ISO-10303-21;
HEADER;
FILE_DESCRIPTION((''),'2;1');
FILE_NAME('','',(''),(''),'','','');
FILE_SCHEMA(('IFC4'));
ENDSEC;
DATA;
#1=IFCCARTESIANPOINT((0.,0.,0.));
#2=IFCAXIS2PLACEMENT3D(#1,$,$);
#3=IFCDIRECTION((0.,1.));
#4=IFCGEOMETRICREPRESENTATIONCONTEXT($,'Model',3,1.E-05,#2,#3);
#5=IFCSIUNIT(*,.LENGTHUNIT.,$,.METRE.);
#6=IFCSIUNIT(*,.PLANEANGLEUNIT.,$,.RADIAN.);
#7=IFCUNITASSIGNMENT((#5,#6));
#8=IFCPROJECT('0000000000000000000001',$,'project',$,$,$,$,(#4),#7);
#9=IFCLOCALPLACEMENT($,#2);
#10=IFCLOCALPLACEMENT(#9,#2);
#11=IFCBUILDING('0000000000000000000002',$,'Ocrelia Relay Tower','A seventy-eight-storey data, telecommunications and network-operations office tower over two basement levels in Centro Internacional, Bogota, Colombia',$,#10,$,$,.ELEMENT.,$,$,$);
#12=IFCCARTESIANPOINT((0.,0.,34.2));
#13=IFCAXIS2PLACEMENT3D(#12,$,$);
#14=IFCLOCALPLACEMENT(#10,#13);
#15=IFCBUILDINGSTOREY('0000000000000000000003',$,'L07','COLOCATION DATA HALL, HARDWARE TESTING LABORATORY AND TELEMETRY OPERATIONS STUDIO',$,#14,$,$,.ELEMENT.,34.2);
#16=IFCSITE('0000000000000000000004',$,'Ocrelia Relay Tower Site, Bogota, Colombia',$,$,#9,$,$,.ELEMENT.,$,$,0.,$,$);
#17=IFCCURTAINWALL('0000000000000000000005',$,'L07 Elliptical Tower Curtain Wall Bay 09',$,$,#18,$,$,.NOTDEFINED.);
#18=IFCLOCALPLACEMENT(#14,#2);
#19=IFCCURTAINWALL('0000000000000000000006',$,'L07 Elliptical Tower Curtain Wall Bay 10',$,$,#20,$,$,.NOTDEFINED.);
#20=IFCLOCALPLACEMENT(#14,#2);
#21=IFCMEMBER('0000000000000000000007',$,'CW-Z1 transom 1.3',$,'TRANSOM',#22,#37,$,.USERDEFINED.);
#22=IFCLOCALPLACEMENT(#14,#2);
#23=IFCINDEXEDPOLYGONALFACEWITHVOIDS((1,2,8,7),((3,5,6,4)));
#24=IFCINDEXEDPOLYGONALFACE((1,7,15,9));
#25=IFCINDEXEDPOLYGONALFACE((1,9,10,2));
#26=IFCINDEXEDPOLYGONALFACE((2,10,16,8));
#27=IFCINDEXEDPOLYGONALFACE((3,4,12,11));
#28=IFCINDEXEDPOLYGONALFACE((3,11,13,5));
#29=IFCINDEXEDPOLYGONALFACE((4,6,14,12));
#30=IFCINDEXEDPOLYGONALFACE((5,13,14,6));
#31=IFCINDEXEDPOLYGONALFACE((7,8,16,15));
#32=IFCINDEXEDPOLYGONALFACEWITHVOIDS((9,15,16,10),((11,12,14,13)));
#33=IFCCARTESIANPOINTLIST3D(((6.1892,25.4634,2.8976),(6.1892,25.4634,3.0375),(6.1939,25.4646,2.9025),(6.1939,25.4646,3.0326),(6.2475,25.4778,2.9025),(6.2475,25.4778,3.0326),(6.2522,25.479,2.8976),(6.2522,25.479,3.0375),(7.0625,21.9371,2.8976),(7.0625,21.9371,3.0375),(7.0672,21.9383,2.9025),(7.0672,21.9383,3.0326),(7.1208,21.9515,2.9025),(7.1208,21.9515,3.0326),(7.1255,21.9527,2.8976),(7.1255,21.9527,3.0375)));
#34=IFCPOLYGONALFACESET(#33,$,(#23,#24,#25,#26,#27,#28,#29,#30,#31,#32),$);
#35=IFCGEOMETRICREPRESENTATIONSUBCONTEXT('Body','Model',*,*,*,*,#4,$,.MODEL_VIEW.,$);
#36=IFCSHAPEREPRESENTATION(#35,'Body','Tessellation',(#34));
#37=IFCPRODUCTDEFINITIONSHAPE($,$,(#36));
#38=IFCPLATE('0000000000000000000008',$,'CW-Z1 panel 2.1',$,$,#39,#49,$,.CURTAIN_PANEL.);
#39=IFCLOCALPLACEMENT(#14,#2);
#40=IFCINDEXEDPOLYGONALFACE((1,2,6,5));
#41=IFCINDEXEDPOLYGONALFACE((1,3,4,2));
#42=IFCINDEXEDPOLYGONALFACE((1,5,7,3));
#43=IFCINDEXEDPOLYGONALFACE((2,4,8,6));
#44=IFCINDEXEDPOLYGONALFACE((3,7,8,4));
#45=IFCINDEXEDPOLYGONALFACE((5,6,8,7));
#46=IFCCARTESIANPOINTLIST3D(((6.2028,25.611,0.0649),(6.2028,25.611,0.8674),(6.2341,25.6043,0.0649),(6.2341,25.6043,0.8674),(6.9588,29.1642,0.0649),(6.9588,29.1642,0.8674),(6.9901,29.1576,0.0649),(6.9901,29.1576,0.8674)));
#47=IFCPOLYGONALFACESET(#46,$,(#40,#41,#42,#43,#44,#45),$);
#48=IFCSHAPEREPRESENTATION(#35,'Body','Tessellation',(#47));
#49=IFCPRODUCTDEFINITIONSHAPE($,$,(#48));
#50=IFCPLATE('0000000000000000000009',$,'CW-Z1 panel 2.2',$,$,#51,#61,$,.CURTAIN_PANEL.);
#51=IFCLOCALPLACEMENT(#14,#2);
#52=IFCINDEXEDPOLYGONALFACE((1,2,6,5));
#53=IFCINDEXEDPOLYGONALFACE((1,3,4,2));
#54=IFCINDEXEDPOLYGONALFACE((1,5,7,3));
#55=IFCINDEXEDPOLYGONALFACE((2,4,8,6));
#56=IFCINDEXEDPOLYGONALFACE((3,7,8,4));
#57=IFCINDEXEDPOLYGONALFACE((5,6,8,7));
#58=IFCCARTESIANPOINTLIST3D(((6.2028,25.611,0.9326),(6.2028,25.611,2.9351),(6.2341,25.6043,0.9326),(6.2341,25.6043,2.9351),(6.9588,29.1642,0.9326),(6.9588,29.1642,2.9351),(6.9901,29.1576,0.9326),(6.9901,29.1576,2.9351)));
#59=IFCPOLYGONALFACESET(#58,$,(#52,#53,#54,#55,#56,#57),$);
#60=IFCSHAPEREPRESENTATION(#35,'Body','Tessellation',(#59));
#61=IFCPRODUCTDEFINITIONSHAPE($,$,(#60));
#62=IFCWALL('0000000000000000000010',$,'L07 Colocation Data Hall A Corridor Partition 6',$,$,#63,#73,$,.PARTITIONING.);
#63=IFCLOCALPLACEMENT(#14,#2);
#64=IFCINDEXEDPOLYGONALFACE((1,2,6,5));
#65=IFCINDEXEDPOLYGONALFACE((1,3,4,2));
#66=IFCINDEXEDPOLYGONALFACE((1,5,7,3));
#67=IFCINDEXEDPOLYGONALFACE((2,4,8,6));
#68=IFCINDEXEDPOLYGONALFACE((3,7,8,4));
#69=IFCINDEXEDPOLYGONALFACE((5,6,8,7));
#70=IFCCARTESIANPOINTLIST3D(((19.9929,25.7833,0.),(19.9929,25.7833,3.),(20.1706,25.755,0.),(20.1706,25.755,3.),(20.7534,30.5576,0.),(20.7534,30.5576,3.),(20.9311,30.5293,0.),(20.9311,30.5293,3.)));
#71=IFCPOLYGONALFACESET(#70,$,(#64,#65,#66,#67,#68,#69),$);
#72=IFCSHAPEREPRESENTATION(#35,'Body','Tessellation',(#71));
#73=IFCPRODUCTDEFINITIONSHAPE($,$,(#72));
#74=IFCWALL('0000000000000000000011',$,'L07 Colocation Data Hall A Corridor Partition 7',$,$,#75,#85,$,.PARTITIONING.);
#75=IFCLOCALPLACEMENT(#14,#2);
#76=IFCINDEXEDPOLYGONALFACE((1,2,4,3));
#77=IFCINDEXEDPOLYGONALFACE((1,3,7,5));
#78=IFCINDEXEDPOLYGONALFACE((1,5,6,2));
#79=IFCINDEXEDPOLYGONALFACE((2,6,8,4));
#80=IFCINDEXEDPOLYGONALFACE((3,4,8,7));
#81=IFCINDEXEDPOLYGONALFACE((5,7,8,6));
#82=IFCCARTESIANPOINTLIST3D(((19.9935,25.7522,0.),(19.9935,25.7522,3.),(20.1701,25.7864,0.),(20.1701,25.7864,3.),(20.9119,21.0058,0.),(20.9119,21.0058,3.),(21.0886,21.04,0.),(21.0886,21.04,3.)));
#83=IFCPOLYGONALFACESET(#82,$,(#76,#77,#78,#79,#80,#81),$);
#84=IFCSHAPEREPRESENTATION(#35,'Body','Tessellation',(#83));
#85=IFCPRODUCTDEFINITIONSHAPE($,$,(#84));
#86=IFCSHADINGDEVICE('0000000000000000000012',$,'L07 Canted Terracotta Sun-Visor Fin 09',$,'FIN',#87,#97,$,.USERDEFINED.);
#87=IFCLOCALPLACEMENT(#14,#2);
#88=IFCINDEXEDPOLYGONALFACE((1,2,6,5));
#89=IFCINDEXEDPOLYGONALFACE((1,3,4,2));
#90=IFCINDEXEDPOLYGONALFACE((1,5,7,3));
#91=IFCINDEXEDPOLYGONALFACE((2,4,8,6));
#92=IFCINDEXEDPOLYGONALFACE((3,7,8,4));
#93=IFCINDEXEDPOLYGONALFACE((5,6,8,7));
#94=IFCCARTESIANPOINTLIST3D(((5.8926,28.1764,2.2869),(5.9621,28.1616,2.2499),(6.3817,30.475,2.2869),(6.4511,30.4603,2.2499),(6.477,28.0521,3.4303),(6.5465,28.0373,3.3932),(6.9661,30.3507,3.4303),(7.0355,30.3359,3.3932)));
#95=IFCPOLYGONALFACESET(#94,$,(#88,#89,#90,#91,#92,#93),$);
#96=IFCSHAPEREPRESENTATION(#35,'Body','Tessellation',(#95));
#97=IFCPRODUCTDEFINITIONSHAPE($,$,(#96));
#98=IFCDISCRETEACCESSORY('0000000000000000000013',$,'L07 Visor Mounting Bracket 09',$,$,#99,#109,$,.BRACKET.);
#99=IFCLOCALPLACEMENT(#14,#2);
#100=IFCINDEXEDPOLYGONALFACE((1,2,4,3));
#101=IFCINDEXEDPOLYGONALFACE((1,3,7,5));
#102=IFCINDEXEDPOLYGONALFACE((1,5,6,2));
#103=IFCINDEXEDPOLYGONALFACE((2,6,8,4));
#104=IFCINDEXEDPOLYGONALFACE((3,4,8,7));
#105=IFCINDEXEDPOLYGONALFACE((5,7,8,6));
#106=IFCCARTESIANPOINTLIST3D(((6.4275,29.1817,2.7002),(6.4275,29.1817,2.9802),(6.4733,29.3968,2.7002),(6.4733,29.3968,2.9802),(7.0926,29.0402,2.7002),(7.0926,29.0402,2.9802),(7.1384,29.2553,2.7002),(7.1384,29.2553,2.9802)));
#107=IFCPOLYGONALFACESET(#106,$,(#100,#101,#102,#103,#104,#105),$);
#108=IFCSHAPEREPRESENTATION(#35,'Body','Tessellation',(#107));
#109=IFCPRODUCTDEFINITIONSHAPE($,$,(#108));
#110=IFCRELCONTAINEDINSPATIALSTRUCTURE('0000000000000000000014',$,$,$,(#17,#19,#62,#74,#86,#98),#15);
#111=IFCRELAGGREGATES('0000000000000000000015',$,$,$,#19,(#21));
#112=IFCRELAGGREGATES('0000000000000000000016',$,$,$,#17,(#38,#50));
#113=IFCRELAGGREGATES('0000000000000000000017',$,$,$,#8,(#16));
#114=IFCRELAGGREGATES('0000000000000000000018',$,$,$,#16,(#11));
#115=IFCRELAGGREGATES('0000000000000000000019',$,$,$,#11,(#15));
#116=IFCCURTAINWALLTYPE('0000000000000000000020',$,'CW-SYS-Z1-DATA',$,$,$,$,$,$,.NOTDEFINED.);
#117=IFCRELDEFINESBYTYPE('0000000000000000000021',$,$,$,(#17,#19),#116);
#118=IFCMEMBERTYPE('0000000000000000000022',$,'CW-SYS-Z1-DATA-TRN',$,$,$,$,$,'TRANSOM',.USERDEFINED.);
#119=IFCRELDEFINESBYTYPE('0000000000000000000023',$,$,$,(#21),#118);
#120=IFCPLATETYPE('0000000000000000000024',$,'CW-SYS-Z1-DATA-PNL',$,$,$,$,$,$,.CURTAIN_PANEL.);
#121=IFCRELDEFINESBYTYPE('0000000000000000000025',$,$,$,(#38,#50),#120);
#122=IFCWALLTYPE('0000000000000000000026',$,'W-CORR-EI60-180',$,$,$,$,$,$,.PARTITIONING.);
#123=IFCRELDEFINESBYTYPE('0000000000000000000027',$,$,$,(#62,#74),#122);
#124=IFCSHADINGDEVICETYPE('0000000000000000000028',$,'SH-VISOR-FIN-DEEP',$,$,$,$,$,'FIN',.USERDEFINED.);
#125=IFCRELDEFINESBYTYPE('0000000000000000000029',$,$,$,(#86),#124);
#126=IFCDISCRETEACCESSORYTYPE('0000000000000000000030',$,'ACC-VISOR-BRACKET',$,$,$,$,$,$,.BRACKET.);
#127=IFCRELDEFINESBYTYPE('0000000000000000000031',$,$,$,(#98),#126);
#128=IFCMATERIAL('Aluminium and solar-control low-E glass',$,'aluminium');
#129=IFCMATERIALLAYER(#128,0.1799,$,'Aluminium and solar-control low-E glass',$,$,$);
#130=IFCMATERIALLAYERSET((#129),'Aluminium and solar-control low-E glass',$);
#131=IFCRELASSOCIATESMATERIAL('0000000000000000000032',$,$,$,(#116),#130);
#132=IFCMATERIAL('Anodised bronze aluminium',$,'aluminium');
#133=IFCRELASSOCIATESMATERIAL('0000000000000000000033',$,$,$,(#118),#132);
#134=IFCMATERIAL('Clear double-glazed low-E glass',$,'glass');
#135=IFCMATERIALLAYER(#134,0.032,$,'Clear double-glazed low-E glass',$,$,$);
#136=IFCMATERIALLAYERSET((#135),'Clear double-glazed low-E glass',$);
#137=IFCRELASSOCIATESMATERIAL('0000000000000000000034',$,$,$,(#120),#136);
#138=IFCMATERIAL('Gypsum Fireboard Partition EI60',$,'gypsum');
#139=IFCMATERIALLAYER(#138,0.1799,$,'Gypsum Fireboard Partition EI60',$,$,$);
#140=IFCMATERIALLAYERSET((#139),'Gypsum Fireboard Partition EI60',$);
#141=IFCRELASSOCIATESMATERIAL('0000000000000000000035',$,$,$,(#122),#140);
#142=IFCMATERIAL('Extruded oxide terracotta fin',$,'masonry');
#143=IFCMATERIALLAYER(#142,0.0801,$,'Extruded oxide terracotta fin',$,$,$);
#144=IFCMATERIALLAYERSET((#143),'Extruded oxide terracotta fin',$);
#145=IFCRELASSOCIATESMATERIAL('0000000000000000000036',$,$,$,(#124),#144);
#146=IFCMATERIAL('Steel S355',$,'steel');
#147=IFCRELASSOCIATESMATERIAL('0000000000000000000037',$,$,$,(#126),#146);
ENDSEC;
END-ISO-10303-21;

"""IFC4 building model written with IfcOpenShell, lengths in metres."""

from ifc_helpers import new_model, si_unit, direction, frame, frame_2d, origin, origin_2d, place, context, subcontext, project, spatial, rectangle, hollow_rectangle, extrude, material, layer, layer_set, material_profile, profile_set, type_object, element, aggregate, save


model = new_model("IFC4")

# Units and contexts
model_context = context("Model", 3, precision=1e-05, world=origin(), true_north=direction((0.0, 1.0)))
body_context = subcontext(model_context, "Body", "Model", "MODEL_VIEW")
ifc_project = project(units=[si_unit("LENGTHUNIT", "METRE"), si_unit("PLANEANGLEUNIT", "RADIAN")], contexts=[model_context])

# Site, building, storey
site_placement = place(None, origin())
site = spatial("IfcSite", under=ifc_project, at=site_placement, Name="Ocrelia Relay Tower Site, Bogota, Colombia", CompositionType="ELEMENT", RefElevation=0.0)
building_placement = place(site_placement, origin())
building = spatial("IfcBuilding", under=site, at=building_placement, Name="Ocrelia Relay Tower", Description="A seventy-eight-storey data, telecommunications and network-operations office tower over two basement levels in Centro Internacional, Bogota, Colombia", CompositionType="ELEMENT")
storey_placement = place(building_placement, frame((0.0, 0.0, 34.2)))
storey = spatial("IfcBuildingStorey", under=building, at=storey_placement, Name="L07", Description="COLOCATION DATA HALL, HARDWARE TESTING LABORATORY AND TELEMETRY OPERATIONS STUDIO", CompositionType="ELEMENT", Elevation=34.2)

# Shared definitions
ifc_material_1 = material(Name="Steel S355", Category="steel")

# Curtain wall
ifc_material_2 = material(Name="Aluminium and solar-control low-E glass", Category="aluminium")
ifc_layer_1 = layer(ifc_material_2, 0.1799, Name="Aluminium and solar-control low-E glass")
ifc_layer_set_1 = layer_set([ifc_layer_1], Name="Aluminium and solar-control low-E glass")
curtain_wall_type = type_object("IfcCurtainWallType", Name="CW-SYS-Z1-DATA", PredefinedType="NOTDEFINED", material=ifc_layer_set_1)
curtain_wall_1_placement = place(storey_placement, origin())
curtain_wall_1 = element("IfcCurtainWall", 1, at=curtain_wall_1_placement, inside=storey, type_object=curtain_wall_type, Name="L07 Elliptical Tower Curtain Wall Bay 09", PredefinedType="NOTDEFINED")
ifc_material_3 = material(Name="Anodised bronze aluminium", Category="aluminium")

# Curtain wall
curtain_wall_2_placement = place(storey_placement, origin())
curtain_wall_2 = element("IfcCurtainWall", 2, at=curtain_wall_2_placement, inside=storey, type_object=curtain_wall_type, Name="L07 Elliptical Tower Curtain Wall Bay 10", PredefinedType="NOTDEFINED")

# Member
ifc_material_profile_1 = material_profile(ifc_material_3, hollow_rectangle(XDim=0.0649, YDim=0.1399, WallThickness=0.0049, at=origin_2d()), Name="CW-TRN-140x65")
ifc_profile_set_1 = profile_set([ifc_material_profile_1], Name="Anodised bronze aluminium")
member_type_1 = type_object("IfcMemberType", Name="CW-SYS-Z1-DATA-TRN", ElementType="TRANSOM", PredefinedType="USERDEFINED", material=ifc_profile_set_1)
member_1_placement = place(storey_placement, frame((6.2207, 25.4712, 2.9675), z_axis=(0.240385, -0.970678, 0.0), x_axis=(0.970678, 0.240385, 0.0)))
member_1 = element("IfcMember", 3, at=member_1_placement, type_object=member_type_1, Name="CW-Z1 transom 1.3", ObjectType="TRANSOM", PredefinedType="USERDEFINED", context=body_context, shape_type="SweptSolid", body=[
    extrude(hollow_rectangle(XDim=0.0649, YDim=0.1399, WallThickness=0.0049, at=origin_2d()), origin(), (0.0, 0.0, 1.0), 3.6328),
])
aggregate(curtain_wall_2, [member_1])

# Plates
ifc_material_4 = material(Name="Clear double-glazed low-E glass", Category="glass")
ifc_layer_2 = layer(ifc_material_4, 0.032, Name="Clear double-glazed low-E glass")
ifc_layer_set_2 = layer_set([ifc_layer_2], Name="Clear double-glazed low-E glass")
plate_type = type_object("IfcPlateType", Name="CW-SYS-Z1-DATA-PNL", PredefinedType="CURTAIN_PANEL", material=ifc_layer_set_2)
plate_1_placement = place(storey_placement, frame((6.5964, 27.3843, 0.0649), z_axis=(0.0, 0.0, 1.0), x_axis=(-0.208095, -0.978109, 0.0)))
plate_1 = element("IfcPlate", 4, at=plate_1_placement, type_object=plate_type, Name="CW-Z1 panel 2.1", PredefinedType="CURTAIN_PANEL", context=body_context, shape_type="SweptSolid", body=[
    extrude(rectangle(XDim=3.6328, YDim=0.032, at=origin_2d()), origin(), (0.0, 0.0, 1.0), 0.8025),
])
plate_2_placement = place(storey_placement, frame((6.5964, 27.3843, 0.9326), z_axis=(0.0, 0.0, 1.0), x_axis=(-0.208095, -0.978109, 0.0)))
plate_2 = element("IfcPlate", 5, at=plate_2_placement, type_object=plate_type, Name="CW-Z1 panel 2.2", PredefinedType="CURTAIN_PANEL", context=body_context, shape_type="SweptSolid", body=[
    extrude(rectangle(XDim=3.6328, YDim=0.032, at=origin_2d()), origin(), (0.0, 0.0, 1.0), 2.0024),
])
aggregate(curtain_wall_1, [plate_1, plate_2])

# Walls
ifc_material_5 = material(Name="Gypsum Fireboard Partition EI60", Category="gypsum")
ifc_layer_3 = layer(ifc_material_5, 0.1799, Name="Gypsum Fireboard Partition EI60")
ifc_layer_set_3 = layer_set([ifc_layer_3], Name="Gypsum Fireboard Partition EI60")
wall_type = type_object("IfcWallType", Name="W-CORR-EI60-180", PredefinedType="PARTITIONING", material=ifc_layer_set_3)
for number, where, z_axis, x_axis, name in (
    (6, (20.8423, 30.5435, 0.0), (0.0, 0.0, 1.0), (-0.157311, -0.987549, 0.0), "L07 Colocation Data Hall A Corridor Partition 6"),
    (7, (20.0818, 25.7693, 0.0), (0.0, 0.0, 1.0), (0.189984, -0.981787, 0.0), "L07 Colocation Data Hall A Corridor Partition 7"),
):
    element("IfcWall", number, at=place(storey_placement, frame(where, z_axis=z_axis, x_axis=x_axis)), inside=storey, type_object=wall_type, Name=name, PredefinedType="PARTITIONING", context=body_context, shape_type="SweptSolid", body=[
        extrude(rectangle(XDim=4.8345, YDim=0.1799, at=frame_2d((2.4172, 0.0))), origin(), (0.0, 0.0, 1.0), 3.0),
    ])

# Shading device
ifc_material_6 = material(Name="Extruded oxide terracotta fin", Category="masonry")
ifc_layer_4 = layer(ifc_material_6, 0.0801, Name="Extruded oxide terracotta fin")
ifc_layer_set_4 = layer_set([ifc_layer_4], Name="Extruded oxide terracotta fin")
shading_device_type = type_object("IfcShadingDeviceType", Name="SH-VISOR-FIN-DEEP", ElementType="FIN", PredefinedType="USERDEFINED", material=ifc_layer_set_4)
shading_device_placement = place(storey_placement, frame((6.4988, 29.2488, 2.8215), z_axis=(-0.866883, 0.184431, 0.463141), x_axis=(-0.208095, -0.978109, 0.0)))
element("IfcShadingDevice", 8, at=shading_device_placement, inside=storey, type_object=shading_device_type, Name="L07 Canted Terracotta Sun-Visor Fin 09", ObjectType="FIN", PredefinedType="USERDEFINED", context=body_context, shape_type="SweptSolid", body=[
    extrude(rectangle(XDim=2.3501, YDim=1.29, at=origin_2d()), origin(), (0.0, 0.0, 1.0), 0.0801),
])

# Discrete accessory
discrete_accessory_type = type_object("IfcDiscreteAccessoryType", Name="ACC-VISOR-BRACKET", PredefinedType="BRACKET", material=ifc_material_1)
discrete_accessory_placement = place(storey_placement, frame((6.783, 29.2185, 2.7002), z_axis=(0.0, 0.0, 1.0), x_axis=(-0.208095, -0.978109, 0.0)))
element("IfcDiscreteAccessory", 9, at=discrete_accessory_placement, inside=storey, type_object=discrete_accessory_type, Name="L07 Visor Mounting Bracket 09", PredefinedType="BRACKET", context=body_context, shape_type="SweptSolid", body=[
    extrude(rectangle(XDim=0.22, YDim=0.6799, at=origin_2d()), origin(), (0.0, 0.0, 1.0), 0.28),
])

save(model, "model.ifc")
